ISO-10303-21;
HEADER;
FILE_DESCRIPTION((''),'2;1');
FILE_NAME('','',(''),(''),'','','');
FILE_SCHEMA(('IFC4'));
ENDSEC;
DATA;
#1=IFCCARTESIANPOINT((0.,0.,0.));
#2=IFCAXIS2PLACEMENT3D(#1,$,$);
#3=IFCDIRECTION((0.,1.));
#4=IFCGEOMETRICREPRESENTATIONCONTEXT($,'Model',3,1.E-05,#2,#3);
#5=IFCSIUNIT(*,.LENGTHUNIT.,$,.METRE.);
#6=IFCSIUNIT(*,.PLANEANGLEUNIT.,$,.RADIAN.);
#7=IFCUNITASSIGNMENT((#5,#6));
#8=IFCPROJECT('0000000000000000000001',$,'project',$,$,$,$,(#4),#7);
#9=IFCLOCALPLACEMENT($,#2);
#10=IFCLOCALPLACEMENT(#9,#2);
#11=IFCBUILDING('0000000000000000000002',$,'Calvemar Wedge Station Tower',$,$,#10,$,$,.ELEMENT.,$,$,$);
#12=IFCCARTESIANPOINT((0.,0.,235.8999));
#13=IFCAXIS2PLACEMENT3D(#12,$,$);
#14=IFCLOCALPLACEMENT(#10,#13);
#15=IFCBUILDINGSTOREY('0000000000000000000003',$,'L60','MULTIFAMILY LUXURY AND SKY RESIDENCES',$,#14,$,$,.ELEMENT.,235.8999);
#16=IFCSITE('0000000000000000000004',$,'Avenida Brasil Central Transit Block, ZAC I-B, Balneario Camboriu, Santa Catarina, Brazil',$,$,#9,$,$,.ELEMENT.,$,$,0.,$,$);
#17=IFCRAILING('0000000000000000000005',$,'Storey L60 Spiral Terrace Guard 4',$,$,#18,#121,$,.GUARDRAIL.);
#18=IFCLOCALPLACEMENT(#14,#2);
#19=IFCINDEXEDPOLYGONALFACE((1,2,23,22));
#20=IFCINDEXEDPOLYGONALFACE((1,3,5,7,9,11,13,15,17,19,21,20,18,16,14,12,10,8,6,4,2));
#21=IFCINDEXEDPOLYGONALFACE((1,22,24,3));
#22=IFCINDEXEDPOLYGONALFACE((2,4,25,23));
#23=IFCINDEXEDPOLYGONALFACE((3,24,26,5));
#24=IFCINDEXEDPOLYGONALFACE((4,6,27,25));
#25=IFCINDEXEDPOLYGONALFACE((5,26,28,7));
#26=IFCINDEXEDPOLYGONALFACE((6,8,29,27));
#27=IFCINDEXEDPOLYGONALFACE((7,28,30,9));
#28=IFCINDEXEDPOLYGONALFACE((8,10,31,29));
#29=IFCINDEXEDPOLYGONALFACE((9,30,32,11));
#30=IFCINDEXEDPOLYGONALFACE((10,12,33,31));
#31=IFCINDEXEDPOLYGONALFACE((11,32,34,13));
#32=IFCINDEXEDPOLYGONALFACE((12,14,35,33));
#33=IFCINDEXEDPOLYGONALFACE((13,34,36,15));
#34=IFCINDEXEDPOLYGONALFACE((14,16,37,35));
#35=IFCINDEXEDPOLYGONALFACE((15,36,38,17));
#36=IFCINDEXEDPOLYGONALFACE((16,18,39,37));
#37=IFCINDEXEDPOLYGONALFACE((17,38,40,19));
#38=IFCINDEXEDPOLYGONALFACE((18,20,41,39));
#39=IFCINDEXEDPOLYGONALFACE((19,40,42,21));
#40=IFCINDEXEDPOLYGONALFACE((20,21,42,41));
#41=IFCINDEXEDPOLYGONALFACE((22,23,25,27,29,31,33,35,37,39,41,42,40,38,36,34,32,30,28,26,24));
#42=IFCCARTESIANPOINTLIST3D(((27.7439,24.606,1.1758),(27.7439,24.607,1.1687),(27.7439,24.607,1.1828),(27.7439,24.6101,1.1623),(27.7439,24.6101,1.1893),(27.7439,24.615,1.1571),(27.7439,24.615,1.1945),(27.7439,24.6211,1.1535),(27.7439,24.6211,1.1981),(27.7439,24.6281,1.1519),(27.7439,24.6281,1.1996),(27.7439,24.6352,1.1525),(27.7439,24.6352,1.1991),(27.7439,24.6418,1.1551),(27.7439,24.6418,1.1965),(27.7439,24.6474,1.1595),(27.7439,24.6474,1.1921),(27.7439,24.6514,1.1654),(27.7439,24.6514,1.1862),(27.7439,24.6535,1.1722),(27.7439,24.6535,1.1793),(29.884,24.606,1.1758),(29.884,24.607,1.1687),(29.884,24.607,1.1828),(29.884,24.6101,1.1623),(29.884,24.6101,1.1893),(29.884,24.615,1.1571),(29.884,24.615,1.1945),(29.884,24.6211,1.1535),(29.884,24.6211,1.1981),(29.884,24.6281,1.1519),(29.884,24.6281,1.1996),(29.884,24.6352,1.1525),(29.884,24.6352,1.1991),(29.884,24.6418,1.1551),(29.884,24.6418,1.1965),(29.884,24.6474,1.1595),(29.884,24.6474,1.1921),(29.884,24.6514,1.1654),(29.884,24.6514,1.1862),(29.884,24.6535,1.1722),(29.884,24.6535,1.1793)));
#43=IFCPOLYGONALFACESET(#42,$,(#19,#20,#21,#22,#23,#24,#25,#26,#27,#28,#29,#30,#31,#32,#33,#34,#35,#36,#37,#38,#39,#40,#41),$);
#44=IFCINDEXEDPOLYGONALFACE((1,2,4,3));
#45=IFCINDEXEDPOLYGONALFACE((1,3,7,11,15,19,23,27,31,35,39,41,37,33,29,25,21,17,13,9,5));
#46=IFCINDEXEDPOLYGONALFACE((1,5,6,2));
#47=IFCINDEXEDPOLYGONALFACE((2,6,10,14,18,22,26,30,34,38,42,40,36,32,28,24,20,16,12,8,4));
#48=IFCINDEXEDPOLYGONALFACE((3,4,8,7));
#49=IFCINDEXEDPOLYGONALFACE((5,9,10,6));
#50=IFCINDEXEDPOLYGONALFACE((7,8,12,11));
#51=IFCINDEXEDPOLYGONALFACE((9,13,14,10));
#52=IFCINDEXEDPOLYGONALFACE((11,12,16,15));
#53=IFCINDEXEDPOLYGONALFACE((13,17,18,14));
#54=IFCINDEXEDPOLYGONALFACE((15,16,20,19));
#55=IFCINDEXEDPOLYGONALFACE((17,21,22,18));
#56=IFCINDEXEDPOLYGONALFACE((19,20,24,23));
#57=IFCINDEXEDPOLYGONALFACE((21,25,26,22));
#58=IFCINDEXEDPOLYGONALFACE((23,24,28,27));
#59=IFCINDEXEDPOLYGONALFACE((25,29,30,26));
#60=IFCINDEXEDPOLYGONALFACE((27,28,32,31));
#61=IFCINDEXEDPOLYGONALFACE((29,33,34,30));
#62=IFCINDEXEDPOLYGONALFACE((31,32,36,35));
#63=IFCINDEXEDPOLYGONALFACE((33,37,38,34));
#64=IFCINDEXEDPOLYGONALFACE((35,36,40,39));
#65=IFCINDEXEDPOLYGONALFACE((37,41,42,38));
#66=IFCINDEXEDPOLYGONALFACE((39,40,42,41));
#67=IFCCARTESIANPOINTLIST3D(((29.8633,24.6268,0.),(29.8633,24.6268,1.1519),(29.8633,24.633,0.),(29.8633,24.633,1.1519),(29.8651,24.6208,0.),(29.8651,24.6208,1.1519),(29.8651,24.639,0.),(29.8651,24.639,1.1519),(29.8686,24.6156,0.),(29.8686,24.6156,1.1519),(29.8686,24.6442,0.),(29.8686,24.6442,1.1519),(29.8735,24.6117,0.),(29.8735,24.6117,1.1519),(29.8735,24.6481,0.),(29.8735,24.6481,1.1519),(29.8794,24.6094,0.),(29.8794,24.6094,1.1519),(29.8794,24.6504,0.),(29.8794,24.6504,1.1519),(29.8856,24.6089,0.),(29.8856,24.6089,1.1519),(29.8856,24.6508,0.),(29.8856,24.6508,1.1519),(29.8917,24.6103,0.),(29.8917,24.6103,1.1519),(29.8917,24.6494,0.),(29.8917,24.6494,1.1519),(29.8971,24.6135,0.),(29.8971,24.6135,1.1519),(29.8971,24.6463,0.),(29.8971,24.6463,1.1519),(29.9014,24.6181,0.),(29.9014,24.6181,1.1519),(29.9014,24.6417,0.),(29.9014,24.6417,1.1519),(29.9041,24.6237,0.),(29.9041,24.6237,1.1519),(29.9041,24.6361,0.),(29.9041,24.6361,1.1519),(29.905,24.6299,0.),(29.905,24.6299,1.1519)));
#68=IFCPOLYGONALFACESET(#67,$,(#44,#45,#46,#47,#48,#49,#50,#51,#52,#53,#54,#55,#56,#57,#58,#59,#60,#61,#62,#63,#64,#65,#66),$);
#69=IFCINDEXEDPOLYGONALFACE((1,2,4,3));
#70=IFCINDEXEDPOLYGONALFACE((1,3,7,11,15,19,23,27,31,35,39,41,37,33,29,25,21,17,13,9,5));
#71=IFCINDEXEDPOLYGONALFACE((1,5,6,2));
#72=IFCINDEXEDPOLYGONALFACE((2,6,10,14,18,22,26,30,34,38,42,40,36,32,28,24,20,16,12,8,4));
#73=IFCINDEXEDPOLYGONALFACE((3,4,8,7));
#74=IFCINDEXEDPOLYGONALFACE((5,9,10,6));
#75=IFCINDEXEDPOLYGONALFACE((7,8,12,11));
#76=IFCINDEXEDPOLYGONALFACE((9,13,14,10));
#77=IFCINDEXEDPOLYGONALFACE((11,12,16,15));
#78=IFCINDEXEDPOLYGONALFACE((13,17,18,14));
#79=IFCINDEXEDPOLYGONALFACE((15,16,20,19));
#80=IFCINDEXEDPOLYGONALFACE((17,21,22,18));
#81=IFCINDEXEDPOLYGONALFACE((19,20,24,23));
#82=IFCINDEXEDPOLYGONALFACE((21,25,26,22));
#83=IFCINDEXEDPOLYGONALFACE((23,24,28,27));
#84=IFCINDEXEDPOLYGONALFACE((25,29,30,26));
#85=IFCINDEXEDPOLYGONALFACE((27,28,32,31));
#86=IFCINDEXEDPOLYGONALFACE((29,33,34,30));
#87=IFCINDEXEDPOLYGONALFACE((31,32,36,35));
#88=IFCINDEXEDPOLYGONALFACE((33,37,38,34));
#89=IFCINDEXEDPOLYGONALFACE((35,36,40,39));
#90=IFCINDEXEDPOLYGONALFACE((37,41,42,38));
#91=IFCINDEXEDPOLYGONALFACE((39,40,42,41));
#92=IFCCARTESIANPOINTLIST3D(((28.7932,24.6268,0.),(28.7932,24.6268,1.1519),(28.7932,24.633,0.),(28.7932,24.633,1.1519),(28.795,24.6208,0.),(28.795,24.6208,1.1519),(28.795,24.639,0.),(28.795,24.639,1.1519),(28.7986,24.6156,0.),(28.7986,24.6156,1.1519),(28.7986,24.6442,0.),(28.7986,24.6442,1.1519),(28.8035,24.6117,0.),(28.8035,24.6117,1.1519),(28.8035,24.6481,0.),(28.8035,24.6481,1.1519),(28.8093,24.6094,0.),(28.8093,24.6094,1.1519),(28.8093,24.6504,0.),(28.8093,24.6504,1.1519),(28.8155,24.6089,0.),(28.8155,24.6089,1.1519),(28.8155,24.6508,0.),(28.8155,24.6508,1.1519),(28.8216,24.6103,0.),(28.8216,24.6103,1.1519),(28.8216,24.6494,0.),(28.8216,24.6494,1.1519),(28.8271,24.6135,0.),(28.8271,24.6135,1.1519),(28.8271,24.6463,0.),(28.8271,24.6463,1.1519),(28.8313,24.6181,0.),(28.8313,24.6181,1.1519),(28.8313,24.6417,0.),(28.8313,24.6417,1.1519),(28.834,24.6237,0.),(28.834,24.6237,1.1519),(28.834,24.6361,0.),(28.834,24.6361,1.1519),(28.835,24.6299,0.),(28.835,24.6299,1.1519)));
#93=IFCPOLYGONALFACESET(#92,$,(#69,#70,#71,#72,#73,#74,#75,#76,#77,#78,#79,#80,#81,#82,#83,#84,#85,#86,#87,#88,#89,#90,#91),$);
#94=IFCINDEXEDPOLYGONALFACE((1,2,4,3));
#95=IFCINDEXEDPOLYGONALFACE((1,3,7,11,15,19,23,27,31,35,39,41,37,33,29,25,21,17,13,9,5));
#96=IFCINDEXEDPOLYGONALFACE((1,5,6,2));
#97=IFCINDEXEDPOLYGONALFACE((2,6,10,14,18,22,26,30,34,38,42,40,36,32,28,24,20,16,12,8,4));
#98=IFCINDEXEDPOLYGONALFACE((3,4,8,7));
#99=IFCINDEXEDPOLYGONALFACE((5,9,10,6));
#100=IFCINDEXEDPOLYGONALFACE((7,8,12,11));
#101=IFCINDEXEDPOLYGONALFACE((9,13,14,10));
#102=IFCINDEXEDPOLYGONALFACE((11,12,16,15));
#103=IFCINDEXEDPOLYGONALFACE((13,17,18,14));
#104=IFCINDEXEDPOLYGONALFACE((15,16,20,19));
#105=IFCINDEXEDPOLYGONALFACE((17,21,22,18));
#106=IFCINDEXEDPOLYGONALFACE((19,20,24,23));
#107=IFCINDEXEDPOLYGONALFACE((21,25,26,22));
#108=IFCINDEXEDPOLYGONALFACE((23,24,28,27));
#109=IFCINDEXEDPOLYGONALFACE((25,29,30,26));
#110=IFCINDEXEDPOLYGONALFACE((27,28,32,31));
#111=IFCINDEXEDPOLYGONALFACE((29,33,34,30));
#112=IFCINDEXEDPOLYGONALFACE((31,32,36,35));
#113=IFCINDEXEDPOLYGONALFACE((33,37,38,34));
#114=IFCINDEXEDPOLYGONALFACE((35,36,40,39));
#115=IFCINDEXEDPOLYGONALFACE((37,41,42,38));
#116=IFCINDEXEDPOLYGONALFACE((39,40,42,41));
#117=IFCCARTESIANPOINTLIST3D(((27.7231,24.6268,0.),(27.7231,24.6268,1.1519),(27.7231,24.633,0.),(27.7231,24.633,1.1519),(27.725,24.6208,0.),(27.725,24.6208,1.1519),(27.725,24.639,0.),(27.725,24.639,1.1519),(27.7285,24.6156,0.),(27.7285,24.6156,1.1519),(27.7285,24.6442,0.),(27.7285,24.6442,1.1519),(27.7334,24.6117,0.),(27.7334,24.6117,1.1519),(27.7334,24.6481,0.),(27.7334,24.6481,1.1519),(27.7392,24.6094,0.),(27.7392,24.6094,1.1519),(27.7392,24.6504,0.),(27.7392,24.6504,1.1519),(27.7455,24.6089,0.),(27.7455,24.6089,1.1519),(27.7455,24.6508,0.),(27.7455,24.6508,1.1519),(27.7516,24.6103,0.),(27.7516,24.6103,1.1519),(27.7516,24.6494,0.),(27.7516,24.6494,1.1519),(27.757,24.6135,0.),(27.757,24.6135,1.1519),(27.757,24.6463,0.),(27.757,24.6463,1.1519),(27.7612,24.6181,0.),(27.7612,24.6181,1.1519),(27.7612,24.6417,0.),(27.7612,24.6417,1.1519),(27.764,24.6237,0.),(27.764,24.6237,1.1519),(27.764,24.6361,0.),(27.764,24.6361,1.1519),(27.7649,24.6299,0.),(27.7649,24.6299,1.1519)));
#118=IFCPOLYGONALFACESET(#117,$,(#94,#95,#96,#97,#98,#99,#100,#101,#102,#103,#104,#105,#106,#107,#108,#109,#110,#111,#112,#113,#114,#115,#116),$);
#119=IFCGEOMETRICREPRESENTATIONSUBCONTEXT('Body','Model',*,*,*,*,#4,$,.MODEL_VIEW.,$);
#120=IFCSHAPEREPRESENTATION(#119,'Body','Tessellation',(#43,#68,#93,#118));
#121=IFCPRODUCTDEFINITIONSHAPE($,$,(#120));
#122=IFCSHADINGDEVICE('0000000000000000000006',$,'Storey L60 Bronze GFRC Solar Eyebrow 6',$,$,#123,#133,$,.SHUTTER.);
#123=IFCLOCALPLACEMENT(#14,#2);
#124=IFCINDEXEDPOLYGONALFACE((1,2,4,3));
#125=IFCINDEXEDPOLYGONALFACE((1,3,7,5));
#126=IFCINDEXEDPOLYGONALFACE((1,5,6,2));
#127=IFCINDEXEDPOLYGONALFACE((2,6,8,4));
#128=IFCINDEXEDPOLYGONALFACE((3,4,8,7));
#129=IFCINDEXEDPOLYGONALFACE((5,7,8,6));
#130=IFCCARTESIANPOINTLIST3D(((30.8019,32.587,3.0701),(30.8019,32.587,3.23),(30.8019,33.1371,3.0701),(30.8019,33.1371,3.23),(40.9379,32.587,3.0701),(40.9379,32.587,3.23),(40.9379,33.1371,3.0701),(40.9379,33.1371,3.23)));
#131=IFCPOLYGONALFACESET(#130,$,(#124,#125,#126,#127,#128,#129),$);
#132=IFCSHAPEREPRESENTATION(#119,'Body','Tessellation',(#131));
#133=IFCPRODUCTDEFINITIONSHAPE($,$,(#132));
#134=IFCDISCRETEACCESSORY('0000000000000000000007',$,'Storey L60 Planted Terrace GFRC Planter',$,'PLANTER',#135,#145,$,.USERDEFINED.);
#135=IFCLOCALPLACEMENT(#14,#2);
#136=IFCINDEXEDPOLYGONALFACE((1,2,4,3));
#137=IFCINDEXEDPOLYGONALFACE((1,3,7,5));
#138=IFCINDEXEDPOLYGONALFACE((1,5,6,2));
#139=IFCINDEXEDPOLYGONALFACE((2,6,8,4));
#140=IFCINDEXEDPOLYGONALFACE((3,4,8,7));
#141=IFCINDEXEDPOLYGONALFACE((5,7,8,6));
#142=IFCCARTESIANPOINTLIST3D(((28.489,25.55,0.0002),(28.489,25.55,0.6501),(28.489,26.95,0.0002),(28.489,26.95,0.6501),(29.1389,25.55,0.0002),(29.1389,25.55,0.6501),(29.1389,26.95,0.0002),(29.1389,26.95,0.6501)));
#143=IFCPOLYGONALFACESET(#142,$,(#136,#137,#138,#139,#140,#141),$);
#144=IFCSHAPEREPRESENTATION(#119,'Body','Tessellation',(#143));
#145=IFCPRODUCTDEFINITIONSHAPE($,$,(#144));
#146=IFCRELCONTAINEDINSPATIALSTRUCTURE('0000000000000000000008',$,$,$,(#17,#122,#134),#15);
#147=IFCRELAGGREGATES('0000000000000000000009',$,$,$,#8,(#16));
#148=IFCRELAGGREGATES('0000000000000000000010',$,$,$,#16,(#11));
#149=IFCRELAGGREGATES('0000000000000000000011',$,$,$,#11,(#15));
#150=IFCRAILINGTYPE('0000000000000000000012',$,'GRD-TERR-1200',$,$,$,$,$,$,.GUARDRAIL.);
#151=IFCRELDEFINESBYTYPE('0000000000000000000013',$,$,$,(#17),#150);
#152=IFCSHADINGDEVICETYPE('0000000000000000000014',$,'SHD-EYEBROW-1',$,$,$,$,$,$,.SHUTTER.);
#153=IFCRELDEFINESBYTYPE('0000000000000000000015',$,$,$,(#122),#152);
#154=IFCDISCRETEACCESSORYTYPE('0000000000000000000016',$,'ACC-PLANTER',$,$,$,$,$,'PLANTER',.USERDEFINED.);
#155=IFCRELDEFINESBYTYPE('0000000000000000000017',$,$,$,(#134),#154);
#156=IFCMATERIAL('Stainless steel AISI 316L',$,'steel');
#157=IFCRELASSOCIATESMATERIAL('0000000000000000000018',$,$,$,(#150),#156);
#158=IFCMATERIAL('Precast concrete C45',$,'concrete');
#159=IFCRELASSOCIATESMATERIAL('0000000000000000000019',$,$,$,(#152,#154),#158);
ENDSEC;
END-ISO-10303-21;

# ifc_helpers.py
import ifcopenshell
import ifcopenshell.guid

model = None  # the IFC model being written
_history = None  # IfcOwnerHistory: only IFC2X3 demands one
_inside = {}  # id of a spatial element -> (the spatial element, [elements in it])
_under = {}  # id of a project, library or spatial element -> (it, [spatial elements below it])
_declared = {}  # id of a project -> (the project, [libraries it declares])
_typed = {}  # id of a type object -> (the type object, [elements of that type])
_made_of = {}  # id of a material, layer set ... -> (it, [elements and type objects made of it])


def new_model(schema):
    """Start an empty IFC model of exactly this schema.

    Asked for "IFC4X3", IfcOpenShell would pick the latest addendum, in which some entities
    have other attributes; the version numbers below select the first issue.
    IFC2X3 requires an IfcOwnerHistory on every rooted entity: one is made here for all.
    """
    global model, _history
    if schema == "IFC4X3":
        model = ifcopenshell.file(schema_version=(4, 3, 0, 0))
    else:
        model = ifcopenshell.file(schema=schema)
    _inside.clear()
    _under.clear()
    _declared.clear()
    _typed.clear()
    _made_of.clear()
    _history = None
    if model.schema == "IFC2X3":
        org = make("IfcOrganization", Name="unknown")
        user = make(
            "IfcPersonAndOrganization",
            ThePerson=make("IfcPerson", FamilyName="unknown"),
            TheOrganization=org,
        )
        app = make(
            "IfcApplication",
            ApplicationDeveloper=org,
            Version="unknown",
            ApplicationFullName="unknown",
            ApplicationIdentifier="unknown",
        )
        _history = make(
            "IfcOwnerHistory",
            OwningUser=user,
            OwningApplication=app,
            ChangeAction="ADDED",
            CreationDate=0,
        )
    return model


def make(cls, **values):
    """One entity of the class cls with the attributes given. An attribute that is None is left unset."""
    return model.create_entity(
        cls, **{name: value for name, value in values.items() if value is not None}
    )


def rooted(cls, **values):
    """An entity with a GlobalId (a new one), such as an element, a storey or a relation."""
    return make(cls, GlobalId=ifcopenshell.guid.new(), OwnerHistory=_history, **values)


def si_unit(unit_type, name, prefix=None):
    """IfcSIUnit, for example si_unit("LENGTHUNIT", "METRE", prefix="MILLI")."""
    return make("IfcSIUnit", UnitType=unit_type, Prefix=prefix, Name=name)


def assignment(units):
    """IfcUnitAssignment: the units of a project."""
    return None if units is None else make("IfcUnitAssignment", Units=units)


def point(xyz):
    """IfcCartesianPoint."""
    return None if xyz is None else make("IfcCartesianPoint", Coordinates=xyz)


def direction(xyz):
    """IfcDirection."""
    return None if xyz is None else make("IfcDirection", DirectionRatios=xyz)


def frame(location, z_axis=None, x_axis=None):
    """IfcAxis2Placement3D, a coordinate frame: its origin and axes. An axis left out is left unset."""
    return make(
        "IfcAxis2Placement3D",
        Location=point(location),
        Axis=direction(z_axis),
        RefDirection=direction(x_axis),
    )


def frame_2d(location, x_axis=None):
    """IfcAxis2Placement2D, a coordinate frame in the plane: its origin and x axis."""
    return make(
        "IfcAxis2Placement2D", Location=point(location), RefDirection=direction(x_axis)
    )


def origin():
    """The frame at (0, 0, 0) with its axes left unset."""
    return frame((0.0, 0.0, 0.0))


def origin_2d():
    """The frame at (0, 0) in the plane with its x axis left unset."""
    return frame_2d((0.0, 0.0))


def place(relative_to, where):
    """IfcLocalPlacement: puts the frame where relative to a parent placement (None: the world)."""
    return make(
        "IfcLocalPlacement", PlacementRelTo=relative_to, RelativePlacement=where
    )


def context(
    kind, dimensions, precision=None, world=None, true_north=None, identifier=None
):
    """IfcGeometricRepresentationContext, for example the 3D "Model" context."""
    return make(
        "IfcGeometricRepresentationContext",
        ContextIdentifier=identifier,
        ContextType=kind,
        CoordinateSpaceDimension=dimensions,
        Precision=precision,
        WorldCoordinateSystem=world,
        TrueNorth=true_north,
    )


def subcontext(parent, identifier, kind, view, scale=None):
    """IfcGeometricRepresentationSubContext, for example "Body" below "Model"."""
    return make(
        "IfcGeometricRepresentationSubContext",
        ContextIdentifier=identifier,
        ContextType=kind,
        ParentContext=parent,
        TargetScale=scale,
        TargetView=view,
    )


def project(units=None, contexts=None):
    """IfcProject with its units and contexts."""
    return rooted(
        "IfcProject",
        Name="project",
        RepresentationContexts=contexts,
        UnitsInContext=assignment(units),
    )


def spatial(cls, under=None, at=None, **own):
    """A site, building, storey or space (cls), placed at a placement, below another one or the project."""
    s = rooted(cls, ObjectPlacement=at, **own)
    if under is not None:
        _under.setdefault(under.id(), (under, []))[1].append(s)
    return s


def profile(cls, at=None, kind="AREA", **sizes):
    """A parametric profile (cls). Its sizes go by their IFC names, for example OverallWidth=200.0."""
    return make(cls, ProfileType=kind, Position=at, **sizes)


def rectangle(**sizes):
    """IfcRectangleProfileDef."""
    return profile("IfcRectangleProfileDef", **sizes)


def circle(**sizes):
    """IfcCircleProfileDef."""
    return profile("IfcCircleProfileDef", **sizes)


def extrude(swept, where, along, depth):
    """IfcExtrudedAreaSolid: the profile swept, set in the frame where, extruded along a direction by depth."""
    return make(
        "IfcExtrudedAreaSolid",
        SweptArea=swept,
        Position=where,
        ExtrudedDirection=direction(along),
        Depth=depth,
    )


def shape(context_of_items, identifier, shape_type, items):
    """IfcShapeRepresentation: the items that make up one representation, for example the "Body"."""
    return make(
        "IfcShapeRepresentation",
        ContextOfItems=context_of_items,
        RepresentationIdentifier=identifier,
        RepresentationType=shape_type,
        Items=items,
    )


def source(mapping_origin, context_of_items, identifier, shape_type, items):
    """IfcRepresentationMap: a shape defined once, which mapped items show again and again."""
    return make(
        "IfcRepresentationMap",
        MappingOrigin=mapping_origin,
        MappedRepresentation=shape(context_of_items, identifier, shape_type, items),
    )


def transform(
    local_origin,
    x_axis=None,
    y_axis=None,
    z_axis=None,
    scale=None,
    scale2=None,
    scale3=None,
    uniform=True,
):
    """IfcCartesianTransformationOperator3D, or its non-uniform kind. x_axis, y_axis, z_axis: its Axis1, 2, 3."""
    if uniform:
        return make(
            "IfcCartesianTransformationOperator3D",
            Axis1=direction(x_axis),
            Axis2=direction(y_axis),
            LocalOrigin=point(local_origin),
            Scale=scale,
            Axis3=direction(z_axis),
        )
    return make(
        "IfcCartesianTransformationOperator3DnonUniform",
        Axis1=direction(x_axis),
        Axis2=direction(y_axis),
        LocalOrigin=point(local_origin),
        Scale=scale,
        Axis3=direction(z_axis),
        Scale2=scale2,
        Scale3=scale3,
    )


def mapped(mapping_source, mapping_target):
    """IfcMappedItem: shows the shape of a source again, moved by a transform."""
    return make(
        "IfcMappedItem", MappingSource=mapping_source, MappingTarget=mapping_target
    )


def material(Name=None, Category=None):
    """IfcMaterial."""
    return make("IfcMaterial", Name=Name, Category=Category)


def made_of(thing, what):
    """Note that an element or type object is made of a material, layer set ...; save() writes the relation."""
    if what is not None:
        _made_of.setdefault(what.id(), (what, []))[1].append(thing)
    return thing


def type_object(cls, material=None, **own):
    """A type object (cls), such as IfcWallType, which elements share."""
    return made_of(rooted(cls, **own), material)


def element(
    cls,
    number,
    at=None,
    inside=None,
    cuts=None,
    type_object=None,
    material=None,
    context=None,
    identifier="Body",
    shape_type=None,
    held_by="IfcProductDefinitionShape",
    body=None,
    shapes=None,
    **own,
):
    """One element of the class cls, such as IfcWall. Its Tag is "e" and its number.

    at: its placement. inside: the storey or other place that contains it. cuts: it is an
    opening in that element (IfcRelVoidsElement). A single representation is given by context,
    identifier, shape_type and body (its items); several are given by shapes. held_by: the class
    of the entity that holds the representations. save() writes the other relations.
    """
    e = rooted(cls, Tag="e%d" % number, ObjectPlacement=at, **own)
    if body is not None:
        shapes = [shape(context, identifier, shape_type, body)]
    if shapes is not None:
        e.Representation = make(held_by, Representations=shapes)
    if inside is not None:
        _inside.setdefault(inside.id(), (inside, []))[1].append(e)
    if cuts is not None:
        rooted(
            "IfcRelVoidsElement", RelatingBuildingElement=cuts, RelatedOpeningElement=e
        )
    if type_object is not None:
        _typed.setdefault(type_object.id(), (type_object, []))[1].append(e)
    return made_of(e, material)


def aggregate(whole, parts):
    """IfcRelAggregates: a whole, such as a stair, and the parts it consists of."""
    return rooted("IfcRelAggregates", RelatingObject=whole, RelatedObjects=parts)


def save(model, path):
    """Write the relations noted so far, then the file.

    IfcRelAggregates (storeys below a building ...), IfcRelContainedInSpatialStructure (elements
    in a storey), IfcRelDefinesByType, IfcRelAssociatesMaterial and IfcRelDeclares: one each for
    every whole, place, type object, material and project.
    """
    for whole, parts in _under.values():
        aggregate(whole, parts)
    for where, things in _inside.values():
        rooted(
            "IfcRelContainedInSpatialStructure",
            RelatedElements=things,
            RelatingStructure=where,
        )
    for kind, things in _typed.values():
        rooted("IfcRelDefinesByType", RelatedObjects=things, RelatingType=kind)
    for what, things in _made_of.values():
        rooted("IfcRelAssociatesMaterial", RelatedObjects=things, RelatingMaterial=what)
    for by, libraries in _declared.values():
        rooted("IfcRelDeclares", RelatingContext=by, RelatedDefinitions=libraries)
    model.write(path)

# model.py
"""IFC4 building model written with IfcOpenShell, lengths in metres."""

from ifc_helpers import new_model, si_unit, direction, frame, frame_2d, origin, origin_2d, place, context, subcontext, project, spatial, rectangle, circle, extrude, source, transform, mapped, material, type_object, element, save


model = new_model("IFC4")

# Units and contexts
model_context = context("Model", 3, precision=1e-05, world=origin(), true_north=direction((0.0, 1.0)))
body_context = subcontext(model_context, "Body", "Model", "MODEL_VIEW")
ifc_project = project(units=[si_unit("LENGTHUNIT", "METRE"), si_unit("PLANEANGLEUNIT", "RADIAN")], contexts=[model_context])

# Site, building, storey
site_placement = place(None, origin())
site = spatial("IfcSite", under=ifc_project, at=site_placement, Name="Avenida Brasil Central Transit Block, ZAC I-B, Balneario Camboriu, Santa Catarina, Brazil", CompositionType="ELEMENT", RefElevation=0.0)
building_placement = place(site_placement, origin())
building = spatial("IfcBuilding", under=site, at=building_placement, Name="Calvemar Wedge Station Tower", CompositionType="ELEMENT")
storey_placement = place(building_placement, frame((0.0, 0.0, 235.8999)))
storey = spatial("IfcBuildingStorey", under=building, at=storey_placement, Name="L60", Description="MULTIFAMILY LUXURY AND SKY RESIDENCES", CompositionType="ELEMENT", Elevation=235.8999)

# Shared definitions
ifc_material_1 = material(Name="Precast concrete C45", Category="concrete")

# Railing
ifc_material_2 = material(Name="Stainless steel AISI 316L", Category="steel")
railing_type = type_object("IfcRailingType", Name="GRD-TERR-1200", PredefinedType="GUARDRAIL", material=ifc_material_2)
railing_1_placement = place(storey_placement, frame((29.884, 24.6299, 0.0)))
element("IfcRailing", 1, at=railing_1_placement, inside=storey, type_object=railing_type, Name="Storey L60 Spiral Terrace Guard 4", PredefinedType="GUARDRAIL", context=body_context, shape_type="SweptSolid", body=[
    extrude(circle(Radius=0.0239, at=origin_2d()), frame((0.0, 0.0, 1.1758), z_axis=(-1.0, 0.0, 0.0), x_axis=(0.0, -1.0, 0.0)), (0.0, 0.0, 1.0), 2.1401),
    extrude(circle(Radius=0.021, at=origin_2d()), origin(), (0.0, 0.0, 1.0), 1.1519),
    extrude(circle(Radius=0.021, at=origin_2d()), frame((-1.0701, 0.0, 0.0)), (0.0, 0.0, 1.0), 1.1519),
    extrude(circle(Radius=0.021, at=origin_2d()), frame((-2.1401, 0.0, 0.0)), (0.0, 0.0, 1.0), 1.1519),
])

# Shading device
shading_device_type = type_object("IfcShadingDeviceType", Name="SHD-EYEBROW-1", PredefinedType="SHUTTER", material=ifc_material_1)
shading_device_placement = place(storey_placement, frame((30.802, 32.8621, 3.0701), z_axis=(0.0, 0.0, 1.0), x_axis=(1.0, 0.0, 0.0)))
element("IfcShadingDevice", 2, at=shading_device_placement, inside=storey, type_object=shading_device_type, Name="Storey L60 Bronze GFRC Solar Eyebrow 6", PredefinedType="SHUTTER", context=body_context, shape_type="SweptSolid", body=[
    extrude(rectangle(XDim=10.136, YDim=0.55, at=frame_2d((5.0679, 0.0))), origin(), (0.0, 0.0, 1.0), 0.1599),
])

# Discrete accessory
discrete_accessory_type = type_object("IfcDiscreteAccessoryType", Name="ACC-PLANTER", ElementType="PLANTER", PredefinedType="USERDEFINED", material=ifc_material_1)
shared_shape_1 = source(origin(), body_context, "Body", "SweptSolid", [
    extrude(rectangle(XDim=0.6499, YDim=1.3999, at=origin_2d()), origin(), (0.0, 0.0, 1.0), 0.6499),
])
discrete_accessory_placement = place(storey_placement, frame((28.814, 26.25, 0.0002), z_axis=(0.0, 0.0, 1.0), x_axis=(1.0, 0.0, 0.0)))
element("IfcDiscreteAccessory", 3, at=discrete_accessory_placement, inside=storey, type_object=discrete_accessory_type, Name="Storey L60 Planted Terrace GFRC Planter", ObjectType="PLANTER", PredefinedType="USERDEFINED", context=body_context, shape_type="MappedRepresentation", body=[
    mapped(shared_shape_1, transform((0.0, 0.0, 0.0), scale=1.0)),
])

save(model, "model.ifc")
